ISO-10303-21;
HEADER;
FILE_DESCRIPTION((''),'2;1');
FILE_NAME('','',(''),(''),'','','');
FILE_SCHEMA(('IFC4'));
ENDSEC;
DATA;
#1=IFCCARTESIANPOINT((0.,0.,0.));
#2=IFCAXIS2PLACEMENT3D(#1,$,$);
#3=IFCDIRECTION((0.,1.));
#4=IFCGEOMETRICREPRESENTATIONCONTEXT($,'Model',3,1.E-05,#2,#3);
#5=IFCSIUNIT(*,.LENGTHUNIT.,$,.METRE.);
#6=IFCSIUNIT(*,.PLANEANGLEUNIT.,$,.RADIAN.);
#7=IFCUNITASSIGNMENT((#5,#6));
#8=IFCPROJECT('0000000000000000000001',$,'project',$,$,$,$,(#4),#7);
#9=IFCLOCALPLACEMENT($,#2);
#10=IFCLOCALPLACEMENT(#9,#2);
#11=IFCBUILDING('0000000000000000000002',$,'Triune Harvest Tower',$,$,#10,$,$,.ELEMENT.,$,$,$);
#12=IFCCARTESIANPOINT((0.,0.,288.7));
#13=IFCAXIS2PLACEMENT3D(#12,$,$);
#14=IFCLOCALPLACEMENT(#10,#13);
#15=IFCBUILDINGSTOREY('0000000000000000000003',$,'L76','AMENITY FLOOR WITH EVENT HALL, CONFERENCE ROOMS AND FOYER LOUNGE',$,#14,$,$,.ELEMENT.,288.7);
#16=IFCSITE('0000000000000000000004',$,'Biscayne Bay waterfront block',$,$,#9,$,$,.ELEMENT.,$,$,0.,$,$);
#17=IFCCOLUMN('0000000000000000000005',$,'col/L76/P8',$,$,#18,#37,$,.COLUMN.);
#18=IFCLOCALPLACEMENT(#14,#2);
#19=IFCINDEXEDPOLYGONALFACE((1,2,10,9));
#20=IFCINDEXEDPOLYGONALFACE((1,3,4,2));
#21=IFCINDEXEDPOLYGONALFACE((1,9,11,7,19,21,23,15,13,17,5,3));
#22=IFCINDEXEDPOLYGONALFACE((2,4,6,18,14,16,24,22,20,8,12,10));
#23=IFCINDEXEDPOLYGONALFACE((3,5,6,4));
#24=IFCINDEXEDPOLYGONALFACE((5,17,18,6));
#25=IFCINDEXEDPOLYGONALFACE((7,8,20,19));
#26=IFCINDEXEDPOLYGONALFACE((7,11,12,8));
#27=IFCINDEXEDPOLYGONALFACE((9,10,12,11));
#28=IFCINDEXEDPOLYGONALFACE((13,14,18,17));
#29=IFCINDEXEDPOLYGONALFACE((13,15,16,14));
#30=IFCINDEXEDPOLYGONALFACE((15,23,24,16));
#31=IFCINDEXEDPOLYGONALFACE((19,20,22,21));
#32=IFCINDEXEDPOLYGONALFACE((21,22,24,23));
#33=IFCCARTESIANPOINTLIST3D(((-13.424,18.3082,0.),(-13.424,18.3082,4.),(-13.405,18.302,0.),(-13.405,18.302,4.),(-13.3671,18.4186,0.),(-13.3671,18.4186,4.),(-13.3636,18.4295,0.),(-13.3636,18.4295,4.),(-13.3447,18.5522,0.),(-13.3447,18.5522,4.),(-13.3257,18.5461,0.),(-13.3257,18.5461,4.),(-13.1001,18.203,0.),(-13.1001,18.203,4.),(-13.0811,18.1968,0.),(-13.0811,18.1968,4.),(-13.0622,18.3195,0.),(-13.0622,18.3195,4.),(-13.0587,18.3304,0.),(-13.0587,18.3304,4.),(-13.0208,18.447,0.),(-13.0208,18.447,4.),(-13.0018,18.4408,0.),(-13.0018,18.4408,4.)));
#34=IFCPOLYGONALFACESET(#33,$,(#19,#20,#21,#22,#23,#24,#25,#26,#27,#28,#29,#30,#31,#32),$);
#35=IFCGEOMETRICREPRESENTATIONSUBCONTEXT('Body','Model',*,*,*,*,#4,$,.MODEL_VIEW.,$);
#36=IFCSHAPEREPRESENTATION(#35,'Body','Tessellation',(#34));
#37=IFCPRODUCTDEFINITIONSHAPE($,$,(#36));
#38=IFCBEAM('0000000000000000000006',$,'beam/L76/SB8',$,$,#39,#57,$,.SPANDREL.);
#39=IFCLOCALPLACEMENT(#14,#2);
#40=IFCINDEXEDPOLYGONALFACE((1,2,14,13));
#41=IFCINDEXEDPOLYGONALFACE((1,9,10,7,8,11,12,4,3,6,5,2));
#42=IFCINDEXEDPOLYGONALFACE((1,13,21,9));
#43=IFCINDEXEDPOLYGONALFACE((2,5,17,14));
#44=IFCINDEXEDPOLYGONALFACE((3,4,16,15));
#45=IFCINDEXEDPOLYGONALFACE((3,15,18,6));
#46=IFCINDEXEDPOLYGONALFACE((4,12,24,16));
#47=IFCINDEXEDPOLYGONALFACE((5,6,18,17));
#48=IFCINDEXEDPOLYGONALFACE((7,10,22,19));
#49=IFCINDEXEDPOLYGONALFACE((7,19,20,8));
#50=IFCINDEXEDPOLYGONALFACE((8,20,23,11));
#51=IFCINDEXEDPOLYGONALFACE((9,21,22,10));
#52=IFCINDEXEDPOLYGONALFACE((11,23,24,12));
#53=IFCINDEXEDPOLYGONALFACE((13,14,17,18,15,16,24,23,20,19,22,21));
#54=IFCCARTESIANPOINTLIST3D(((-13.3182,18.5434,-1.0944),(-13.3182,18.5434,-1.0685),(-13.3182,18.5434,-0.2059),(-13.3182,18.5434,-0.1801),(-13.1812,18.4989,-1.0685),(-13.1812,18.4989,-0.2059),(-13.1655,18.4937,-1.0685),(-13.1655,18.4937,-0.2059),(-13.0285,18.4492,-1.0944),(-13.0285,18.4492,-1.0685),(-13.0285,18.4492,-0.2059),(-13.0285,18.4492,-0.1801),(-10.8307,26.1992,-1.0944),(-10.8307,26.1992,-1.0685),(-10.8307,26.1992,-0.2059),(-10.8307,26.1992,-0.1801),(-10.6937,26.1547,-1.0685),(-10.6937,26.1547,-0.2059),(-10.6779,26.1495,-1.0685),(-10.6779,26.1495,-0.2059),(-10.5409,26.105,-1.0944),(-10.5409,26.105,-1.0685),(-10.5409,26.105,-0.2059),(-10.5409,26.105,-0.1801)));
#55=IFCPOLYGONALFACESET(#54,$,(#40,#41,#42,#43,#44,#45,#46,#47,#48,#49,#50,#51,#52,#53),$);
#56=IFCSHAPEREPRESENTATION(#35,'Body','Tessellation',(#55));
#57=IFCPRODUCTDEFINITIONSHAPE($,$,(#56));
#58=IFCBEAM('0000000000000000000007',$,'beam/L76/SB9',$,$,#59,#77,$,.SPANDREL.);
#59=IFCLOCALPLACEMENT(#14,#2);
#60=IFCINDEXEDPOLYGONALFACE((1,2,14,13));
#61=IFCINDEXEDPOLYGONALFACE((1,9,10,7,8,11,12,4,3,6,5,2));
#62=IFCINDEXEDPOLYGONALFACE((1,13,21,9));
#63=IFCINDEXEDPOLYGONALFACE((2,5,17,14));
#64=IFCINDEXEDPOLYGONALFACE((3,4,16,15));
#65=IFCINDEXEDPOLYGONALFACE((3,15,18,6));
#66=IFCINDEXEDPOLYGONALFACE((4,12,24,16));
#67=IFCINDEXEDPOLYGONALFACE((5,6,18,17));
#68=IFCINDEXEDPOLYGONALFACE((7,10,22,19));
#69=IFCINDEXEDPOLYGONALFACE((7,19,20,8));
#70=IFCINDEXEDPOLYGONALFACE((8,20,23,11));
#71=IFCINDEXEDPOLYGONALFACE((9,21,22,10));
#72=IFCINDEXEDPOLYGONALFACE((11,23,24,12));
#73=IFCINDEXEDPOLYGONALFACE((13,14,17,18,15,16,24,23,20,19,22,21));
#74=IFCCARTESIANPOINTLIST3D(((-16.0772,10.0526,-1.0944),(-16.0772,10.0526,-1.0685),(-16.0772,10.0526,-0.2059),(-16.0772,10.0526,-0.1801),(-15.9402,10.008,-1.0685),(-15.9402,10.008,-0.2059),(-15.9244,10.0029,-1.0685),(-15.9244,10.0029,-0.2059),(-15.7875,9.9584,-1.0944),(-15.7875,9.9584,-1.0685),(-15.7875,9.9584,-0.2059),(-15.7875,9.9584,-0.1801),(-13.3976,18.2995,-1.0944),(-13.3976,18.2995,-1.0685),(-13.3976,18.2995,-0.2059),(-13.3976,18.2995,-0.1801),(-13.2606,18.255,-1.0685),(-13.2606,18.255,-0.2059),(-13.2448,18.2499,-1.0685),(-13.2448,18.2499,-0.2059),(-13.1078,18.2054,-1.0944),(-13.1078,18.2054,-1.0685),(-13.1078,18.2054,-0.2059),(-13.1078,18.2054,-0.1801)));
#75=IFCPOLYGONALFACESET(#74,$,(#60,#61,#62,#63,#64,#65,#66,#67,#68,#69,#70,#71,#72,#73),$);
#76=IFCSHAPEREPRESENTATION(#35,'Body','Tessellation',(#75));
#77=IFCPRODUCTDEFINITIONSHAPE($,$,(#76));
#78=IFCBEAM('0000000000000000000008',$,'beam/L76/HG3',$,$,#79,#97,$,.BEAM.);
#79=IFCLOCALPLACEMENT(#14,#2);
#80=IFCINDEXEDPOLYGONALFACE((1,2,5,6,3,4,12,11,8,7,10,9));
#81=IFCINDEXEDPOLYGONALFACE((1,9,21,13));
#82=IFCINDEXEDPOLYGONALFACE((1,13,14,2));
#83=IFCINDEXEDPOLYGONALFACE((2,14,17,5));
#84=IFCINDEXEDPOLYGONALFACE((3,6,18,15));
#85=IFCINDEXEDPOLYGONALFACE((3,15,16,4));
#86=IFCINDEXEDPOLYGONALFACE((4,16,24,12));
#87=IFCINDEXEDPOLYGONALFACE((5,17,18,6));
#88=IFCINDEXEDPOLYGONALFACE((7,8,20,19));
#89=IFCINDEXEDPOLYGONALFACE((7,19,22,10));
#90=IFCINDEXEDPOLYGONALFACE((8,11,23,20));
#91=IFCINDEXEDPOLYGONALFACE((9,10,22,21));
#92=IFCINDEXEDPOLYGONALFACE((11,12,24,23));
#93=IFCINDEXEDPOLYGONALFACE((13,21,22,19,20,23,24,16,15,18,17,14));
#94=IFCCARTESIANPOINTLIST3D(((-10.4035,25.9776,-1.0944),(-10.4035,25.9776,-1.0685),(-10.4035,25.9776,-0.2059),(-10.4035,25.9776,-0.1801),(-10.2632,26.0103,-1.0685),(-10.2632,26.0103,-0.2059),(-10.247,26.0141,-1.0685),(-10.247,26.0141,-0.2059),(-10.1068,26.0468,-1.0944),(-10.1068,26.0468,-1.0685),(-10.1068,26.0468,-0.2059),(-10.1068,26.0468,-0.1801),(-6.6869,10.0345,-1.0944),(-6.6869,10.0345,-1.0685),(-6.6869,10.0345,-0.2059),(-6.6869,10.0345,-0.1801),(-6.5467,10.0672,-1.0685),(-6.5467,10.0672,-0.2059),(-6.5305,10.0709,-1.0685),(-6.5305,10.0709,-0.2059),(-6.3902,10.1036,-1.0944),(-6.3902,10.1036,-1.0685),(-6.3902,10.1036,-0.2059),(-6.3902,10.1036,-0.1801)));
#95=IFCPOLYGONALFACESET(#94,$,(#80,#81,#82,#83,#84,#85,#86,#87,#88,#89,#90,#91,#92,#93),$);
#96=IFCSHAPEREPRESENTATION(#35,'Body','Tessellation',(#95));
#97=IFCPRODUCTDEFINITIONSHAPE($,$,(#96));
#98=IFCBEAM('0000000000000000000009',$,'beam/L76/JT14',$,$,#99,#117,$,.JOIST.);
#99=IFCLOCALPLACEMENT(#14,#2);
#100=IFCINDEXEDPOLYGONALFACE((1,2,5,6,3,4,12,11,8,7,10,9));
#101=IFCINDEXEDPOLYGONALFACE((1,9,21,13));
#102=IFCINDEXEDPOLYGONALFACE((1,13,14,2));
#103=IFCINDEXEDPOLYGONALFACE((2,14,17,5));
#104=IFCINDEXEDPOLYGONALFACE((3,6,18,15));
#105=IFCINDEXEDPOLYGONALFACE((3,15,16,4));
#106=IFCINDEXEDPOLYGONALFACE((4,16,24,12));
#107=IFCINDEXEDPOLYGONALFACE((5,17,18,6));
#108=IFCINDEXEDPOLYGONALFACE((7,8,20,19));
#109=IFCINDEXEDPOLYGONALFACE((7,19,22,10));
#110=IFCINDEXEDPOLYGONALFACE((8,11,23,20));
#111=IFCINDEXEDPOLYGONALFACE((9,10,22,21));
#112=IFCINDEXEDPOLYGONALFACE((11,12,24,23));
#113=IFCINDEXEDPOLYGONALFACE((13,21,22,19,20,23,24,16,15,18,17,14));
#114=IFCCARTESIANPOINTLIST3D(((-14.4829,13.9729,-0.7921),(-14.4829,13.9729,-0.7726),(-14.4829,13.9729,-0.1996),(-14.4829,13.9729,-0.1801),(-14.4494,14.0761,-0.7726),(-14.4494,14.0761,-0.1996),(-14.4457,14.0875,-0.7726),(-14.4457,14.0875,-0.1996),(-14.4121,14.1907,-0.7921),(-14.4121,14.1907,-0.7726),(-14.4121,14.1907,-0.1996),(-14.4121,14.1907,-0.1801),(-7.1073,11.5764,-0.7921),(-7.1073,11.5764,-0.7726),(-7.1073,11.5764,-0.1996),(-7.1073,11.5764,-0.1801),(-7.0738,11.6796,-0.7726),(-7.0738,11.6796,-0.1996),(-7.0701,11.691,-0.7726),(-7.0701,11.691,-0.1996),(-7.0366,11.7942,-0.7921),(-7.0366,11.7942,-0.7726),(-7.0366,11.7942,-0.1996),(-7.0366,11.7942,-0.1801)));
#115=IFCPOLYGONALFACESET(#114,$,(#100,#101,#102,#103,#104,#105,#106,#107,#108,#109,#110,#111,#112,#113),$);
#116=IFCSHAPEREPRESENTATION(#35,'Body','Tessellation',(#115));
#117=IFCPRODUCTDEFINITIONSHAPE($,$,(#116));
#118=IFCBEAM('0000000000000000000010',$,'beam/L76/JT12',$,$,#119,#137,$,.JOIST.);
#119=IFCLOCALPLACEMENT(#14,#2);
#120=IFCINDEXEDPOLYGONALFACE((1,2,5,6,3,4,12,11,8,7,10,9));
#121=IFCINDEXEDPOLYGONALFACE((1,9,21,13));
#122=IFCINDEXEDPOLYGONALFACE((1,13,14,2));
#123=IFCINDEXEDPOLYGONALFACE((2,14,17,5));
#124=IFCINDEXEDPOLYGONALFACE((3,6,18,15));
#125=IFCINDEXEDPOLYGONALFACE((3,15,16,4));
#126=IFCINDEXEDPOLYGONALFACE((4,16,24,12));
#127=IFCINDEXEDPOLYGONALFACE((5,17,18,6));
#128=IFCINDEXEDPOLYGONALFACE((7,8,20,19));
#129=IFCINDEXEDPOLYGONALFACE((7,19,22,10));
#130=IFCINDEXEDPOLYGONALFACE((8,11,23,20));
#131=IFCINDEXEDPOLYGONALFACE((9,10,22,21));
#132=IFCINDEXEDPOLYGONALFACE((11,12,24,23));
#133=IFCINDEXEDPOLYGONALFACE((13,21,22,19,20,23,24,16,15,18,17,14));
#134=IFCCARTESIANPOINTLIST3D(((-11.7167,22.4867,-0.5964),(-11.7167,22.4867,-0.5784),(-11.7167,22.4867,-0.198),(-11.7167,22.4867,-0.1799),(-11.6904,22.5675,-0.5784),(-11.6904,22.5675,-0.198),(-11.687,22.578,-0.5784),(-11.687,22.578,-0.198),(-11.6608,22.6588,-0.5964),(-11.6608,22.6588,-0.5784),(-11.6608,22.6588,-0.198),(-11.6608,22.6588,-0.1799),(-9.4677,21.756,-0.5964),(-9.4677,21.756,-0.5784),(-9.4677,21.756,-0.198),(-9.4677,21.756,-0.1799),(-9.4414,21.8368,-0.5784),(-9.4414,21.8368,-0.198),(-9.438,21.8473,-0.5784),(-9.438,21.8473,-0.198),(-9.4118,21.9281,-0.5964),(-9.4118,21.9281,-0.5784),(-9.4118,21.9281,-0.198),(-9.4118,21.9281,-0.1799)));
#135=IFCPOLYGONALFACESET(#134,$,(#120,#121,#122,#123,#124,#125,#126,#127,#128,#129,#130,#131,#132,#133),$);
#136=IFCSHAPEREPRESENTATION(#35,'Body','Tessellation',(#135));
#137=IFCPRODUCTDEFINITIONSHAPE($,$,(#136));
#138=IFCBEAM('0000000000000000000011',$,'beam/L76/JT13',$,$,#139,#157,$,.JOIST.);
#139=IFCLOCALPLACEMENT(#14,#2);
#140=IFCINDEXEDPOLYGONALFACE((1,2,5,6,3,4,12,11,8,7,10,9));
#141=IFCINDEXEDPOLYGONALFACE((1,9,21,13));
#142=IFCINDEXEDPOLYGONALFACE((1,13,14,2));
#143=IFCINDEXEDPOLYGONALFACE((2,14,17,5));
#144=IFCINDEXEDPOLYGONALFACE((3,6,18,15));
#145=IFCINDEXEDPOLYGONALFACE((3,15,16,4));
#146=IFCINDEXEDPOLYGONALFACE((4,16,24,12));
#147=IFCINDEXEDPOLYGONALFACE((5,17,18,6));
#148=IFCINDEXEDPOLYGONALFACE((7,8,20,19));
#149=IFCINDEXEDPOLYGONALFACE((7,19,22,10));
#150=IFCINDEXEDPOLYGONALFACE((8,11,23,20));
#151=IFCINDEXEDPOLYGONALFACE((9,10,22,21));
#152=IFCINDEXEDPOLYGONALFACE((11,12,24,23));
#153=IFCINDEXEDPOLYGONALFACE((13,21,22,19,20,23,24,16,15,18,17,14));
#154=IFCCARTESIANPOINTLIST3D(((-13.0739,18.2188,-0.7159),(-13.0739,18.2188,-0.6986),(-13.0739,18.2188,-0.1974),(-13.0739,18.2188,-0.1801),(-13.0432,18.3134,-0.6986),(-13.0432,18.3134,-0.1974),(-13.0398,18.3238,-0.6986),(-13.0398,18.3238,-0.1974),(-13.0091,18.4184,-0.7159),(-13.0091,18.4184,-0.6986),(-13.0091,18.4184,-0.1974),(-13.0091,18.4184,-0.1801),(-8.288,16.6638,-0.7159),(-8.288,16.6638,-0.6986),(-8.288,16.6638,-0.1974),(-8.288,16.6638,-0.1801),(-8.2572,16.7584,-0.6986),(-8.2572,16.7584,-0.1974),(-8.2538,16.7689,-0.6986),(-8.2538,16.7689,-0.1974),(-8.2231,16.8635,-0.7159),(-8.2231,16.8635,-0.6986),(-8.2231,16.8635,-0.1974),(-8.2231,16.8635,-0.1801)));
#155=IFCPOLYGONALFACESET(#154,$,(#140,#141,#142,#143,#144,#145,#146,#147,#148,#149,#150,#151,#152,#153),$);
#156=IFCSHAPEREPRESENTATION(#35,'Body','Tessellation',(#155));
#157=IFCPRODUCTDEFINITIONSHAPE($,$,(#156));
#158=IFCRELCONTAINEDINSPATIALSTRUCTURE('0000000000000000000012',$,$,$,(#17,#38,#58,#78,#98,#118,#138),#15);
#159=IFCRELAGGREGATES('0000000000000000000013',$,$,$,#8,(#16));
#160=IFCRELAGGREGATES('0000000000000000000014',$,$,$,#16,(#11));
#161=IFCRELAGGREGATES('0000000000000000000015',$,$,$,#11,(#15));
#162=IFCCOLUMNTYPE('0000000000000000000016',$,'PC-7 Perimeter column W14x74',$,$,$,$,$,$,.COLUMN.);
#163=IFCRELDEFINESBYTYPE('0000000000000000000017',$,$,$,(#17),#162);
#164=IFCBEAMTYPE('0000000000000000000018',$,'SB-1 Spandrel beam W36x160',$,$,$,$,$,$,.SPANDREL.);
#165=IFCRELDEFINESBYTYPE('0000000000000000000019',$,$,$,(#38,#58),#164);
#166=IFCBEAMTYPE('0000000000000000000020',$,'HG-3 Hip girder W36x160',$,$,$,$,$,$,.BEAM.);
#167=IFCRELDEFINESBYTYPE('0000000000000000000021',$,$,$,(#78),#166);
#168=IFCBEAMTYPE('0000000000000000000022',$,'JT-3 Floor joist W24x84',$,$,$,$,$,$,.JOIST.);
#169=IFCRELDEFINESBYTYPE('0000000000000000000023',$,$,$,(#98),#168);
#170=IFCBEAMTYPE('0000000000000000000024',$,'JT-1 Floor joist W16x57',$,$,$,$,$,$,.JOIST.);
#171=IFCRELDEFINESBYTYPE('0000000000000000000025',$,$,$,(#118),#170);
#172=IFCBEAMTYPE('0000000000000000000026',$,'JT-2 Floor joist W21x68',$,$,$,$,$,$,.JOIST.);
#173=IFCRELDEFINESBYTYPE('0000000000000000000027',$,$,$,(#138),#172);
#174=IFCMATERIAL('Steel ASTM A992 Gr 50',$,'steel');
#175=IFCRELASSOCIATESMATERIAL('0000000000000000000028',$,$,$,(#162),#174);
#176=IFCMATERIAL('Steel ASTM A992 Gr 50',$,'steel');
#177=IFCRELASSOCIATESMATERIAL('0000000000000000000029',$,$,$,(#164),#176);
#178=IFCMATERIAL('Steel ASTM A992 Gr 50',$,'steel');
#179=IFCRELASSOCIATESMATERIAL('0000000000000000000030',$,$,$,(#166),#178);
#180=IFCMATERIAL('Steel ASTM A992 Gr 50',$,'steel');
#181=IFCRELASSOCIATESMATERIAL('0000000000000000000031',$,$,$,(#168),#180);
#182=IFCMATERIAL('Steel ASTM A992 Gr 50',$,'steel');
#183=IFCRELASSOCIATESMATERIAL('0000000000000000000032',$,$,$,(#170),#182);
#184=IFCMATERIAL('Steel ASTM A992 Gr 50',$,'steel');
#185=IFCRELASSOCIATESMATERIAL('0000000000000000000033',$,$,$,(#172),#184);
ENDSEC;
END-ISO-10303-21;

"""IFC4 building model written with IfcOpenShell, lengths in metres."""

from ifc_helpers import new_model, si_unit, direction, frame, origin, origin_2d, place, context, subcontext, project, spatial, i_section, extrude, source, transform, mapped, material, material_profile, profile_set, type_object, element, save


model = new_model("IFC4")

# Units and contexts
model_context = context("Model", 3, precision=1e-05, world=origin(), true_north=direction((0.0, 1.0)))
body_context = subcontext(model_context, "Body", "Model", "MODEL_VIEW")
ifc_project = project(units=[si_unit("LENGTHUNIT", "METRE"), si_unit("PLANEANGLEUNIT", "RADIAN")], contexts=[model_context])

# Site, building, storey
site_placement = place(None, origin())
site = spatial("IfcSite", under=ifc_project, at=site_placement, Name="Biscayne Bay waterfront block", CompositionType="ELEMENT", RefElevation=0.0)
building_placement = place(site_placement, origin())
building = spatial("IfcBuilding", under=site, at=building_placement, Name="Triune Harvest Tower", CompositionType="ELEMENT")
storey_placement = place(building_placement, frame((0.0, 0.0, 288.7)))
storey = spatial("IfcBuildingStorey", under=building, at=storey_placement, Name="L76", Description="AMENITY FLOOR WITH EVENT HALL, CONFERENCE ROOMS AND FOYER LOUNGE", CompositionType="ELEMENT", Elevation=288.7)

# Column
ifc_material_1 = material(Name="Steel ASTM A992 Gr 50", Category="steel")
ifc_material_profile_1 = material_profile(ifc_material_1, i_section(OverallWidth=0.2566, OverallDepth=0.3606, WebThickness=0.0115, FlangeThickness=0.02, at=origin_2d()), Name="W14x74")
ifc_profile_set_1 = profile_set([ifc_material_profile_1], Name="Steel ASTM A992 Gr 50")
column_type = type_object("IfcColumnType", Name="PC-7 Perimeter column W14x74", PredefinedType="COLUMN", material=ifc_profile_set_1)
shared_shape_1 = source(origin(), body_context, "Body", "SweptSolid", [
    extrude(i_section(OverallWidth=0.2566, OverallDepth=0.3606, WebThickness=0.0115, FlangeThickness=0.02, at=origin_2d()), origin(), (0.0, 0.0, 1.0), 4.0),
])
column_placement = place(storey_placement, frame((-13.2129, 18.3745, 0.0), z_axis=(0.0, 0.0, 1.0), x_axis=(-0.309015, -0.951057, 0.0)))
element("IfcColumn", 1, at=column_placement, inside=storey, type_object=column_type, Name="col/L76/P8", PredefinedType="COLUMN", context=body_context, shape_type="MappedRepresentation", body=[
    mapped(shared_shape_1, transform((0.0, 0.0, 0.0), scale=1.0)),
])

# Beams
ifc_material_2 = material(Name="Steel ASTM A992 Gr 50", Category="steel")
ifc_material_profile_2 = material_profile(ifc_material_2, i_section(OverallWidth=0.3047, OverallDepth=0.9143, WebThickness=0.0166, FlangeThickness=0.0259, at=origin_2d()), Name="W36x160")
ifc_profile_set_2 = profile_set([ifc_material_profile_2], Name="Steel ASTM A992 Gr 50")
beam_type_1 = type_object("IfcBeamType", Name="SB-1 Spandrel beam W36x160", PredefinedType="SPANDREL", material=ifc_profile_set_2)
shared_shape_2 = source(origin(), body_context, "Body", "SweptSolid", [
    extrude(i_section(OverallWidth=0.3047, OverallDepth=0.9143, WebThickness=0.0166, FlangeThickness=0.0259, at=origin_2d()), origin(), (0.0, 0.0, 1.0), 8.0498),
])
beam_1_placement = place(storey_placement, frame((-10.6858, 26.1521, -0.6372), z_axis=(-0.309022, -0.951055, 0.0), x_axis=(0.951055, -0.309022, 0.0)))
element("IfcBeam", 2, at=beam_1_placement, inside=storey, type_object=beam_type_1, Name="beam/L76/SB8", PredefinedType="SPANDREL", context=body_context, shape_type="MappedRepresentation", body=[
    mapped(shared_shape_2, transform((0.0, 0.0, 0.0), scale=1.0)),
])
shared_shape_3 = source(origin(), body_context, "Body", "SweptSolid", [
    extrude(i_section(OverallWidth=0.3047, OverallDepth=0.9143, WebThickness=0.0166, FlangeThickness=0.0259, at=origin_2d()), origin(), (0.0, 0.0, 1.0), 8.6714),
])
beam_2_placement = place(storey_placement, frame((-13.2527, 18.2524, -0.6372), z_axis=(-0.309022, -0.951055, 0.0), x_axis=(0.951055, -0.309022, 0.0)))
element("IfcBeam", 3, at=beam_2_placement, inside=storey, type_object=beam_type_1, Name="beam/L76/SB9", PredefinedType="SPANDREL", context=body_context, shape_type="MappedRepresentation", body=[
    mapped(shared_shape_3, transform((0.0, 0.0, 0.0), scale=1.0)),
])
ifc_material_3 = material(Name="Steel ASTM A992 Gr 50", Category="steel")
ifc_material_profile_3 = material_profile(ifc_material_3, i_section(OverallWidth=0.3047, OverallDepth=0.9143, WebThickness=0.0166, FlangeThickness=0.0259, at=origin_2d()), Name="W36x160")
ifc_profile_set_3 = profile_set([ifc_material_profile_3], Name="Steel ASTM A992 Gr 50")
beam_type_2 = type_object("IfcBeamType", Name="HG-3 Hip girder W36x160", PredefinedType="BEAM", material=ifc_profile_set_3)
shared_shape_4 = source(origin(), body_context, "Body", "SweptSolid", [
    extrude(i_section(OverallWidth=0.3047, OverallDepth=0.9143, WebThickness=0.0166, FlangeThickness=0.0259, at=origin_2d()), origin(), (0.0, 0.0, 1.0), 16.3706),
])
beam_3_placement = place(storey_placement, frame((-10.2551, 26.0122, -0.6372), z_axis=(0.227026, -0.973889, 0.0), x_axis=(0.973889, 0.227026, 0.0)))
element("IfcBeam", 4, at=beam_3_placement, inside=storey, type_object=beam_type_2, Name="beam/L76/HG3", PredefinedType="BEAM", context=body_context, shape_type="MappedRepresentation", body=[
    mapped(shared_shape_4, transform((0.0, 0.0, 0.0), scale=1.0)),
])
ifc_material_4 = material(Name="Steel ASTM A992 Gr 50", Category="steel")
ifc_material_profile_4 = material_profile(ifc_material_4, i_section(OverallWidth=0.229, OverallDepth=0.6121, WebThickness=0.012, FlangeThickness=0.0195, at=origin_2d()), Name="W24x84")
ifc_profile_set_4 = profile_set([ifc_material_profile_4], Name="Steel ASTM A992 Gr 50")
beam_type_3 = type_object("IfcBeamType", Name="JT-3 Floor joist W24x84", PredefinedType="JOIST", material=ifc_profile_set_4)
shared_shape_5 = source(origin(), body_context, "Body", "SweptSolid", [
    extrude(i_section(OverallWidth=0.229, OverallDepth=0.6121, WebThickness=0.012, FlangeThickness=0.0195, at=origin_2d()), origin(), (0.0, 0.0, 1.0), 7.7551),
])
beam_4_placement = place(storey_placement, frame((-14.4475, 14.0818, -0.4861), z_axis=(0.951055, -0.309022, 0.0), x_axis=(0.309022, 0.951055, 0.0)))
element("IfcBeam", 5, at=beam_4_placement, inside=storey, type_object=beam_type_3, Name="beam/L76/JT14", PredefinedType="JOIST", context=body_context, shape_type="MappedRepresentation", body=[
    mapped(shared_shape_5, transform((0.0, 0.0, 0.0), scale=1.0)),
])
ifc_material_5 = material(Name="Steel ASTM A992 Gr 50", Category="steel")
ifc_material_profile_5 = material_profile(ifc_material_5, i_section(OverallWidth=0.1809, OverallDepth=0.4165, WebThickness=0.011, FlangeThickness=0.0181, at=origin_2d()), Name="W16x57")
ifc_profile_set_5 = profile_set([ifc_material_profile_5], Name="Steel ASTM A992 Gr 50")
beam_type_4 = type_object("IfcBeamType", Name="JT-1 Floor joist W16x57", PredefinedType="JOIST", material=ifc_profile_set_5)
shared_shape_6 = source(origin(), body_context, "Body", "SweptSolid", [
    extrude(i_section(OverallWidth=0.1809, OverallDepth=0.4165, WebThickness=0.011, FlangeThickness=0.0181, at=origin_2d()), origin(), (0.0, 0.0, 1.0), 2.3647),
])
beam_5_placement = place(storey_placement, frame((-11.6887, 22.5728, -0.3882), z_axis=(0.951061, -0.309002, 0.0), x_axis=(0.309002, 0.951061, 0.0)))
element("IfcBeam", 6, at=beam_5_placement, inside=storey, type_object=beam_type_4, Name="beam/L76/JT12", PredefinedType="JOIST", context=body_context, shape_type="MappedRepresentation", body=[
    mapped(shared_shape_6, transform((0.0, 0.0, 0.0), scale=1.0)),
])
ifc_material_6 = material(Name="Steel ASTM A992 Gr 50", Category="steel")
ifc_material_profile_6 = material_profile(ifc_material_6, i_section(OverallWidth=0.21, OverallDepth=0.5359, WebThickness=0.011, FlangeThickness=0.0173, at=origin_2d()), Name="W21x68")
ifc_profile_set_6 = profile_set([ifc_material_profile_6], Name="Steel ASTM A992 Gr 50")
beam_type_5 = type_object("IfcBeamType", Name="JT-2 Floor joist W21x68", PredefinedType="JOIST", material=ifc_profile_set_6)
shared_shape_7 = source(origin(), body_context, "Body", "SweptSolid", [
    extrude(i_section(OverallWidth=0.21, OverallDepth=0.5359, WebThickness=0.011, FlangeThickness=0.0173, at=origin_2d()), origin(), (0.0, 0.0, 1.0), 5.0322),
])
beam_6_placement = place(storey_placement, frame((-13.0415, 18.3186, -0.448), z_axis=(0.951062, -0.308999, 0.0), x_axis=(0.308999, 0.951062, 0.0)))
element("IfcBeam", 7, at=beam_6_placement, inside=storey, type_object=beam_type_5, Name="beam/L76/JT13", PredefinedType="JOIST", context=body_context, shape_type="MappedRepresentation", body=[
    mapped(shared_shape_7, transform((0.0, 0.0, 0.0), scale=1.0)),
])

save(model, "model.ifc")
